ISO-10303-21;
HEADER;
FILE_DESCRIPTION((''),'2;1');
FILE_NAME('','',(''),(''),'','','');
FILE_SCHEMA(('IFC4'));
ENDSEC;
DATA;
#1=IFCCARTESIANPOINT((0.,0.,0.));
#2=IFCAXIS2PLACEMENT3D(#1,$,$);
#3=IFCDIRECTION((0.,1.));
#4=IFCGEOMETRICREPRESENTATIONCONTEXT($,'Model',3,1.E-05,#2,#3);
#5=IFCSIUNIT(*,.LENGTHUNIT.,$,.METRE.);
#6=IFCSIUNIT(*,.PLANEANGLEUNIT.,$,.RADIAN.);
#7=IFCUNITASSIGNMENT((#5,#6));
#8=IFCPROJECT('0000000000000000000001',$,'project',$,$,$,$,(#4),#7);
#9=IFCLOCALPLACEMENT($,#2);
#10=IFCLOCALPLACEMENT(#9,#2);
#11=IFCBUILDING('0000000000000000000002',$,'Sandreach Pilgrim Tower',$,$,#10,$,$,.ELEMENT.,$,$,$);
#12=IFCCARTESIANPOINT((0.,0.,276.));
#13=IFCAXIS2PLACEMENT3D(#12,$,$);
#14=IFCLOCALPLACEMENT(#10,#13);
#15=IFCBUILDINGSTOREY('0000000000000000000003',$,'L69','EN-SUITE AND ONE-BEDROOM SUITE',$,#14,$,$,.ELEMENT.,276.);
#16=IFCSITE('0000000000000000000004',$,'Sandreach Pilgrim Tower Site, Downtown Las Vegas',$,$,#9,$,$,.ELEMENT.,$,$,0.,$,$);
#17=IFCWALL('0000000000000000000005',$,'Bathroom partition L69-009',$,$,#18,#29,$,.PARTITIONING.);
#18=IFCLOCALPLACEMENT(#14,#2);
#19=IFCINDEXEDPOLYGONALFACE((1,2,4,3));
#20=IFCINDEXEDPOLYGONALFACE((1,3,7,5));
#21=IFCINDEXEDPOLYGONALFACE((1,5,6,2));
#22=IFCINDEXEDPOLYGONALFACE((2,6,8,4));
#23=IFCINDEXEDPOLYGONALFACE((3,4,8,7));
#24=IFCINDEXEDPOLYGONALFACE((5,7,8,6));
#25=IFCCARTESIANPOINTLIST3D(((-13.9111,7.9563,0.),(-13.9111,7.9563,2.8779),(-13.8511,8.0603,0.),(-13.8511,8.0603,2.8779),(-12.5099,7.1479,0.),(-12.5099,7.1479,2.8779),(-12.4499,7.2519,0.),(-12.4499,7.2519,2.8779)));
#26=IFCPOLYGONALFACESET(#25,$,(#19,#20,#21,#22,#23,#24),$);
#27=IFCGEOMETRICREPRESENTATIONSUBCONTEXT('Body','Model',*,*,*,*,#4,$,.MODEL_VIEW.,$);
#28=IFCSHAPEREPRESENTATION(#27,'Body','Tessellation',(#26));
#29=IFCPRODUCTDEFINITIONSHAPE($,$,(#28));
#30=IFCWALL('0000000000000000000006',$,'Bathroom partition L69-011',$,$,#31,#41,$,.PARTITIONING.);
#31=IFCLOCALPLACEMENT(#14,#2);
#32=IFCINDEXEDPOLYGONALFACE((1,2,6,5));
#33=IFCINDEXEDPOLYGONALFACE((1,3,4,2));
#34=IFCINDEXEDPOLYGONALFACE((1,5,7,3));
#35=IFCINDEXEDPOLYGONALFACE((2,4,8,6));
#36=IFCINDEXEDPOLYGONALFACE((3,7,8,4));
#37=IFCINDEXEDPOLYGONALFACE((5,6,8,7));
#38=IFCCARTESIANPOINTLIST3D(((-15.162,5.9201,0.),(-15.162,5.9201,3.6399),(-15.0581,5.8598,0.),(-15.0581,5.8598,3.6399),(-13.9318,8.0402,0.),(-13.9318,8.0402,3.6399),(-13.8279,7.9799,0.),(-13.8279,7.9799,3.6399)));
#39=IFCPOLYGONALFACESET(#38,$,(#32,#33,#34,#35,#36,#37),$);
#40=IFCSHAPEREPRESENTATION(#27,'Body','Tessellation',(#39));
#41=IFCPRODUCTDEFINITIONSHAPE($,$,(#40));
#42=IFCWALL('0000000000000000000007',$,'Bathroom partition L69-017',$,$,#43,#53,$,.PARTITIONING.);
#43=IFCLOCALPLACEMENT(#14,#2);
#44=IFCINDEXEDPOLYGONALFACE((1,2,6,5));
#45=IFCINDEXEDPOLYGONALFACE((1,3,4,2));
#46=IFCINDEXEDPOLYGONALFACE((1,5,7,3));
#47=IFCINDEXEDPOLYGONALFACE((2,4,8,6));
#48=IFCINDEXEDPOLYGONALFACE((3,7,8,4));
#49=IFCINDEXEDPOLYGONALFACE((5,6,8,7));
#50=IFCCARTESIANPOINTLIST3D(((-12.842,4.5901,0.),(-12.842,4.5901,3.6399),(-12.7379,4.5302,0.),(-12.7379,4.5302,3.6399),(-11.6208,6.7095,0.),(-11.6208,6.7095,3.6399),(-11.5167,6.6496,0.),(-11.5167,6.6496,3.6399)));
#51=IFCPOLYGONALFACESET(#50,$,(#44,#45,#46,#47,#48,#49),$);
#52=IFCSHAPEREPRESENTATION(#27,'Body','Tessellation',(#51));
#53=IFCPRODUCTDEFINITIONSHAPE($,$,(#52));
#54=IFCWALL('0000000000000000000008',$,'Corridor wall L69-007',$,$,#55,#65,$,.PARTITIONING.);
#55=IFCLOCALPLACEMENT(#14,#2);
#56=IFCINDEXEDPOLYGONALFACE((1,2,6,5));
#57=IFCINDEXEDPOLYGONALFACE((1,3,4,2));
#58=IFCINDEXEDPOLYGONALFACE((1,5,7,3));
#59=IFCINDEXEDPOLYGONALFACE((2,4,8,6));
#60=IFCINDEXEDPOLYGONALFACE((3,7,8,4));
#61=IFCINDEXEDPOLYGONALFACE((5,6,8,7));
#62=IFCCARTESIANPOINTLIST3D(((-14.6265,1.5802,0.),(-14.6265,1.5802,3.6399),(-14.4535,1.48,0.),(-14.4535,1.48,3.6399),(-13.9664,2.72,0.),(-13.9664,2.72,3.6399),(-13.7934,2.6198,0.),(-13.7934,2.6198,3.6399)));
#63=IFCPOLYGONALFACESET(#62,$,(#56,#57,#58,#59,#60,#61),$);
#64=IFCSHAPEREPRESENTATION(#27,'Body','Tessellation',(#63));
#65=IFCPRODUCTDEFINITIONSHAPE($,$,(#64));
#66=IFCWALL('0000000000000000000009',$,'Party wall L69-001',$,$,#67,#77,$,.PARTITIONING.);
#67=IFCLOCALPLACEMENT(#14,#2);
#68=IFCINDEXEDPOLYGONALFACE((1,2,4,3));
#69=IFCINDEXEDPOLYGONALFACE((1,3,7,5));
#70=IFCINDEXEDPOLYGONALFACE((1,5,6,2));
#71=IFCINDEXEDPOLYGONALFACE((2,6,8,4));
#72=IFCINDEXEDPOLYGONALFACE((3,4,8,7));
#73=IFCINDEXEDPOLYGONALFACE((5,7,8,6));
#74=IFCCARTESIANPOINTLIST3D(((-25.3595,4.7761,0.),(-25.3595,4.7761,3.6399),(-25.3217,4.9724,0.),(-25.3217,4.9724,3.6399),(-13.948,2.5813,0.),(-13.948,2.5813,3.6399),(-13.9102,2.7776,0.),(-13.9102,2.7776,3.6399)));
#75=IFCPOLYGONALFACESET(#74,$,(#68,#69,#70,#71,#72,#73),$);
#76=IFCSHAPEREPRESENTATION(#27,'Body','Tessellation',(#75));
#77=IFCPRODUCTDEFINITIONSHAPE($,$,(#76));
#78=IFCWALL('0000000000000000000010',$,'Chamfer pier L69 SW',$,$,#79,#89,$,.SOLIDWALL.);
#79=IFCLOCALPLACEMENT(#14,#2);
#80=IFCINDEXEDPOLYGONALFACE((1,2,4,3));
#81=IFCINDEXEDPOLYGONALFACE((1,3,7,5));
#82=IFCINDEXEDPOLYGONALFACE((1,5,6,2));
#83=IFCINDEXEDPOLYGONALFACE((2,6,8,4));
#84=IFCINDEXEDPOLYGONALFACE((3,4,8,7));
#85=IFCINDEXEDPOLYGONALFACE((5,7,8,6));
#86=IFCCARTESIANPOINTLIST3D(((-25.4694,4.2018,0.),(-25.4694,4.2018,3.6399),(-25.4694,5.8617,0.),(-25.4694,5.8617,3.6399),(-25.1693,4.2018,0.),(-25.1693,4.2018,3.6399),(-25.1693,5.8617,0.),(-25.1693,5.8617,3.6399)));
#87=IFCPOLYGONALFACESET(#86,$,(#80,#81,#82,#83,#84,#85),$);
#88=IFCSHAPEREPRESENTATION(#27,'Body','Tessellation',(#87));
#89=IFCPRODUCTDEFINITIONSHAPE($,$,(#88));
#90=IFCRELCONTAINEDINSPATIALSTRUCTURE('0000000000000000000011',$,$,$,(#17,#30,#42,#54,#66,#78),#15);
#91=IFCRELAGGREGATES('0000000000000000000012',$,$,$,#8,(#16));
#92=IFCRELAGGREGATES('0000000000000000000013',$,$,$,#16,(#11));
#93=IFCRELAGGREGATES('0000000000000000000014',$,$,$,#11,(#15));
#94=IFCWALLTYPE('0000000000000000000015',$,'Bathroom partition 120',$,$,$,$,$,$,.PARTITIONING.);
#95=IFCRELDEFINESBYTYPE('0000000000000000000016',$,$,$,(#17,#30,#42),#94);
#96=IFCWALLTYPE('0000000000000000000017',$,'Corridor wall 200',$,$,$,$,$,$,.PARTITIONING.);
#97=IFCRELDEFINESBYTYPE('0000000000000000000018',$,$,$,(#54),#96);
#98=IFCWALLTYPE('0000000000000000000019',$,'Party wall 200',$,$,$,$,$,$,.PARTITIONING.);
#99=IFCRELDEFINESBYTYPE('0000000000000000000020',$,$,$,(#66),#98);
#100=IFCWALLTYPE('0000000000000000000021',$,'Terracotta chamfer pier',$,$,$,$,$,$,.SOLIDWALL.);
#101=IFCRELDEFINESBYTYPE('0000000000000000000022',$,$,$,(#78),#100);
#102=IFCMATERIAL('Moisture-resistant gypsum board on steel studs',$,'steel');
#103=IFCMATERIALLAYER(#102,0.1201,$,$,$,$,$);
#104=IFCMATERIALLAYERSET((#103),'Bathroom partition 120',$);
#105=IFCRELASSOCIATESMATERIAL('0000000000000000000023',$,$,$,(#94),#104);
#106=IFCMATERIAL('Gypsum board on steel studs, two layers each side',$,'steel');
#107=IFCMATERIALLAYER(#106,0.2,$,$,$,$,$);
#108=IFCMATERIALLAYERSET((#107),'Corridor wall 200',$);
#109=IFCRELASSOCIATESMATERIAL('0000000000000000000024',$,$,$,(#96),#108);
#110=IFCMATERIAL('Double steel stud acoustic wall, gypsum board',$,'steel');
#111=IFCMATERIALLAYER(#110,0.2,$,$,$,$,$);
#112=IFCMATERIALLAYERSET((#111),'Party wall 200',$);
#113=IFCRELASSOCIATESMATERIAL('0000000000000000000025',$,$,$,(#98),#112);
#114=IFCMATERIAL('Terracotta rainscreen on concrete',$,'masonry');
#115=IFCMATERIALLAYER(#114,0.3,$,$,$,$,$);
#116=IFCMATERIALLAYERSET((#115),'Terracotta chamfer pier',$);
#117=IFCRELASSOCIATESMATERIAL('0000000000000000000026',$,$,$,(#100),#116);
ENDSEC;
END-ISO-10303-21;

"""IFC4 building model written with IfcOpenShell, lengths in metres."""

from ifc_helpers import new_model, si_unit, direction, frame, frame_2d, origin, place, context, subcontext, project, spatial, rectangle, extrude, material, layer, layer_set, type_object, element, save


model = new_model("IFC4")

# Units and contexts
model_context = context("Model", 3, precision=1e-05, world=origin(), true_north=direction((0.0, 1.0)))
body_context = subcontext(model_context, "Body", "Model", "MODEL_VIEW")
ifc_project = project(units=[si_unit("LENGTHUNIT", "METRE"), si_unit("PLANEANGLEUNIT", "RADIAN")], contexts=[model_context])

# Site, building, storey
site_placement = place(None, origin())
site = spatial("IfcSite", under=ifc_project, at=site_placement, Name="Sandreach Pilgrim Tower Site, Downtown Las Vegas", CompositionType="ELEMENT", RefElevation=0.0)
building_placement = place(site_placement, origin())
building = spatial("IfcBuilding", under=site, at=building_placement, Name="Sandreach Pilgrim Tower", CompositionType="ELEMENT")
storey_placement = place(building_placement, frame((0.0, 0.0, 276.0)))
storey = spatial("IfcBuildingStorey", under=building, at=storey_placement, Name="L69", Description="EN-SUITE AND ONE-BEDROOM SUITE", CompositionType="ELEMENT", Elevation=276.0)

# Shared definitions
ifc_material_1 = material(Name="Moisture-resistant gypsum board on steel studs", Category="steel")
ifc_layer_1 = layer(ifc_material_1, 0.1201)
ifc_layer_set_1 = layer_set([ifc_layer_1], Name="Bathroom partition 120")
wall_type_1 = type_object("IfcWallType", Name="Bathroom partition 120", PredefinedType="PARTITIONING", material=ifc_layer_set_1)

# Walls
wall_1_placement = place(storey_placement, frame((-13.8811, 8.0083, 0.0), z_axis=(0.0, 0.0, 1.0), x_axis=(0.866183, -0.499727, 0.0)))
element("IfcWall", 1, at=wall_1_placement, inside=storey, type_object=wall_type_1, Name="Bathroom partition L69-009", PredefinedType="PARTITIONING", context=body_context, shape_type="SweptSolid", body=[
    extrude(rectangle(XDim=1.6177, YDim=0.1201, at=frame_2d((0.8088, 0.0))), origin(), (0.0, 0.0, 1.0), 2.8779),
])
wall_2_placement = place(storey_placement, frame((-13.8799, 8.01, 0.0), z_axis=(0.0, 0.0, 1.0), x_axis=(-0.501888, -0.864933, 0.0)))
element("IfcWall", 2, at=wall_2_placement, inside=storey, type_object=wall_type_1, Name="Bathroom partition L69-011", PredefinedType="PARTITIONING", context=body_context, shape_type="SweptSolid", body=[
    extrude(rectangle(XDim=2.4512, YDim=0.1201, at=frame_2d((1.2256, 0.0))), origin(), (0.0, 0.0, 1.0), 3.6399),
])
wall_3_placement = place(storey_placement, frame((-12.79, 4.5601, 0.0), z_axis=(0.0, 0.0, 1.0), x_axis=(0.499253, 0.866456, 0.0)))
element("IfcWall", 3, at=wall_3_placement, inside=storey, type_object=wall_type_1, Name="Bathroom partition L69-017", PredefinedType="PARTITIONING", context=body_context, shape_type="SweptSolid", body=[
    extrude(rectangle(XDim=2.446, YDim=0.1201, at=frame_2d((1.2231, 0.0))), origin(), (0.0, 0.0, 1.0), 3.6399),
])
ifc_material_2 = material(Name="Gypsum board on steel studs, two layers each side", Category="steel")
ifc_layer_2 = layer(ifc_material_2, 0.2)
ifc_layer_set_2 = layer_set([ifc_layer_2], Name="Corridor wall 200")
wall_type_2 = type_object("IfcWallType", Name="Corridor wall 200", PredefinedType="PARTITIONING", material=ifc_layer_set_2)
wall_4_placement = place(storey_placement, frame((-14.54, 1.53, 0.0), z_axis=(0.0, 0.0, 1.0), x_axis=(0.50116, 0.865354, 0.0)))
element("IfcWall", 4, at=wall_4_placement, inside=storey, type_object=wall_type_2, Name="Corridor wall L69-007", PredefinedType="PARTITIONING", context=body_context, shape_type="SweptSolid", body=[
    extrude(rectangle(XDim=1.3171, YDim=0.2, at=frame_2d((0.6587, 0.0))), origin(), (0.0, 0.0, 1.0), 3.6399),
])

# Walls
ifc_material_3 = material(Name="Double steel stud acoustic wall, gypsum board", Category="steel")
ifc_layer_3 = layer(ifc_material_3, 0.2)
ifc_layer_set_3 = layer_set([ifc_layer_3], Name="Party wall 200")
wall_type_3 = type_object("IfcWallType", Name="Party wall 200", PredefinedType="PARTITIONING", material=ifc_layer_set_3)
wall_5_placement = place(storey_placement, frame((-25.3406, 4.8743, 0.0), z_axis=(0.0, 0.0, 1.0), x_axis=(0.982001, -0.188875, 0.0)))
element("IfcWall", 5, at=wall_5_placement, inside=storey, type_object=wall_type_3, Name="Party wall L69-001", PredefinedType="PARTITIONING", context=body_context, shape_type="SweptSolid", body=[
    extrude(rectangle(XDim=11.6206, YDim=0.2, at=frame_2d((5.8103, 0.0))), origin(), (0.0, 0.0, 1.0), 3.6399),
])
ifc_material_4 = material(Name="Terracotta rainscreen on concrete", Category="masonry")
ifc_layer_4 = layer(ifc_material_4, 0.3)
ifc_layer_set_4 = layer_set([ifc_layer_4], Name="Terracotta chamfer pier")
wall_type_4 = type_object("IfcWallType", Name="Terracotta chamfer pier", PredefinedType="SOLIDWALL", material=ifc_layer_set_4)
wall_6_placement = place(storey_placement, frame((-25.3193, 4.2017, 0.0), z_axis=(0.0, 0.0, 1.0), x_axis=(0.0, 1.0, 0.0)))
element("IfcWall", 6, at=wall_6_placement, inside=storey, type_object=wall_type_4, Name="Chamfer pier L69 SW", PredefinedType="SOLIDWALL", context=body_context, shape_type="SweptSolid", body=[
    extrude(rectangle(XDim=1.6599, YDim=0.3, at=frame_2d((0.8301, 0.0))), origin(), (0.0, 0.0, 1.0), 3.6399),
])

save(model, "model.ifc")
